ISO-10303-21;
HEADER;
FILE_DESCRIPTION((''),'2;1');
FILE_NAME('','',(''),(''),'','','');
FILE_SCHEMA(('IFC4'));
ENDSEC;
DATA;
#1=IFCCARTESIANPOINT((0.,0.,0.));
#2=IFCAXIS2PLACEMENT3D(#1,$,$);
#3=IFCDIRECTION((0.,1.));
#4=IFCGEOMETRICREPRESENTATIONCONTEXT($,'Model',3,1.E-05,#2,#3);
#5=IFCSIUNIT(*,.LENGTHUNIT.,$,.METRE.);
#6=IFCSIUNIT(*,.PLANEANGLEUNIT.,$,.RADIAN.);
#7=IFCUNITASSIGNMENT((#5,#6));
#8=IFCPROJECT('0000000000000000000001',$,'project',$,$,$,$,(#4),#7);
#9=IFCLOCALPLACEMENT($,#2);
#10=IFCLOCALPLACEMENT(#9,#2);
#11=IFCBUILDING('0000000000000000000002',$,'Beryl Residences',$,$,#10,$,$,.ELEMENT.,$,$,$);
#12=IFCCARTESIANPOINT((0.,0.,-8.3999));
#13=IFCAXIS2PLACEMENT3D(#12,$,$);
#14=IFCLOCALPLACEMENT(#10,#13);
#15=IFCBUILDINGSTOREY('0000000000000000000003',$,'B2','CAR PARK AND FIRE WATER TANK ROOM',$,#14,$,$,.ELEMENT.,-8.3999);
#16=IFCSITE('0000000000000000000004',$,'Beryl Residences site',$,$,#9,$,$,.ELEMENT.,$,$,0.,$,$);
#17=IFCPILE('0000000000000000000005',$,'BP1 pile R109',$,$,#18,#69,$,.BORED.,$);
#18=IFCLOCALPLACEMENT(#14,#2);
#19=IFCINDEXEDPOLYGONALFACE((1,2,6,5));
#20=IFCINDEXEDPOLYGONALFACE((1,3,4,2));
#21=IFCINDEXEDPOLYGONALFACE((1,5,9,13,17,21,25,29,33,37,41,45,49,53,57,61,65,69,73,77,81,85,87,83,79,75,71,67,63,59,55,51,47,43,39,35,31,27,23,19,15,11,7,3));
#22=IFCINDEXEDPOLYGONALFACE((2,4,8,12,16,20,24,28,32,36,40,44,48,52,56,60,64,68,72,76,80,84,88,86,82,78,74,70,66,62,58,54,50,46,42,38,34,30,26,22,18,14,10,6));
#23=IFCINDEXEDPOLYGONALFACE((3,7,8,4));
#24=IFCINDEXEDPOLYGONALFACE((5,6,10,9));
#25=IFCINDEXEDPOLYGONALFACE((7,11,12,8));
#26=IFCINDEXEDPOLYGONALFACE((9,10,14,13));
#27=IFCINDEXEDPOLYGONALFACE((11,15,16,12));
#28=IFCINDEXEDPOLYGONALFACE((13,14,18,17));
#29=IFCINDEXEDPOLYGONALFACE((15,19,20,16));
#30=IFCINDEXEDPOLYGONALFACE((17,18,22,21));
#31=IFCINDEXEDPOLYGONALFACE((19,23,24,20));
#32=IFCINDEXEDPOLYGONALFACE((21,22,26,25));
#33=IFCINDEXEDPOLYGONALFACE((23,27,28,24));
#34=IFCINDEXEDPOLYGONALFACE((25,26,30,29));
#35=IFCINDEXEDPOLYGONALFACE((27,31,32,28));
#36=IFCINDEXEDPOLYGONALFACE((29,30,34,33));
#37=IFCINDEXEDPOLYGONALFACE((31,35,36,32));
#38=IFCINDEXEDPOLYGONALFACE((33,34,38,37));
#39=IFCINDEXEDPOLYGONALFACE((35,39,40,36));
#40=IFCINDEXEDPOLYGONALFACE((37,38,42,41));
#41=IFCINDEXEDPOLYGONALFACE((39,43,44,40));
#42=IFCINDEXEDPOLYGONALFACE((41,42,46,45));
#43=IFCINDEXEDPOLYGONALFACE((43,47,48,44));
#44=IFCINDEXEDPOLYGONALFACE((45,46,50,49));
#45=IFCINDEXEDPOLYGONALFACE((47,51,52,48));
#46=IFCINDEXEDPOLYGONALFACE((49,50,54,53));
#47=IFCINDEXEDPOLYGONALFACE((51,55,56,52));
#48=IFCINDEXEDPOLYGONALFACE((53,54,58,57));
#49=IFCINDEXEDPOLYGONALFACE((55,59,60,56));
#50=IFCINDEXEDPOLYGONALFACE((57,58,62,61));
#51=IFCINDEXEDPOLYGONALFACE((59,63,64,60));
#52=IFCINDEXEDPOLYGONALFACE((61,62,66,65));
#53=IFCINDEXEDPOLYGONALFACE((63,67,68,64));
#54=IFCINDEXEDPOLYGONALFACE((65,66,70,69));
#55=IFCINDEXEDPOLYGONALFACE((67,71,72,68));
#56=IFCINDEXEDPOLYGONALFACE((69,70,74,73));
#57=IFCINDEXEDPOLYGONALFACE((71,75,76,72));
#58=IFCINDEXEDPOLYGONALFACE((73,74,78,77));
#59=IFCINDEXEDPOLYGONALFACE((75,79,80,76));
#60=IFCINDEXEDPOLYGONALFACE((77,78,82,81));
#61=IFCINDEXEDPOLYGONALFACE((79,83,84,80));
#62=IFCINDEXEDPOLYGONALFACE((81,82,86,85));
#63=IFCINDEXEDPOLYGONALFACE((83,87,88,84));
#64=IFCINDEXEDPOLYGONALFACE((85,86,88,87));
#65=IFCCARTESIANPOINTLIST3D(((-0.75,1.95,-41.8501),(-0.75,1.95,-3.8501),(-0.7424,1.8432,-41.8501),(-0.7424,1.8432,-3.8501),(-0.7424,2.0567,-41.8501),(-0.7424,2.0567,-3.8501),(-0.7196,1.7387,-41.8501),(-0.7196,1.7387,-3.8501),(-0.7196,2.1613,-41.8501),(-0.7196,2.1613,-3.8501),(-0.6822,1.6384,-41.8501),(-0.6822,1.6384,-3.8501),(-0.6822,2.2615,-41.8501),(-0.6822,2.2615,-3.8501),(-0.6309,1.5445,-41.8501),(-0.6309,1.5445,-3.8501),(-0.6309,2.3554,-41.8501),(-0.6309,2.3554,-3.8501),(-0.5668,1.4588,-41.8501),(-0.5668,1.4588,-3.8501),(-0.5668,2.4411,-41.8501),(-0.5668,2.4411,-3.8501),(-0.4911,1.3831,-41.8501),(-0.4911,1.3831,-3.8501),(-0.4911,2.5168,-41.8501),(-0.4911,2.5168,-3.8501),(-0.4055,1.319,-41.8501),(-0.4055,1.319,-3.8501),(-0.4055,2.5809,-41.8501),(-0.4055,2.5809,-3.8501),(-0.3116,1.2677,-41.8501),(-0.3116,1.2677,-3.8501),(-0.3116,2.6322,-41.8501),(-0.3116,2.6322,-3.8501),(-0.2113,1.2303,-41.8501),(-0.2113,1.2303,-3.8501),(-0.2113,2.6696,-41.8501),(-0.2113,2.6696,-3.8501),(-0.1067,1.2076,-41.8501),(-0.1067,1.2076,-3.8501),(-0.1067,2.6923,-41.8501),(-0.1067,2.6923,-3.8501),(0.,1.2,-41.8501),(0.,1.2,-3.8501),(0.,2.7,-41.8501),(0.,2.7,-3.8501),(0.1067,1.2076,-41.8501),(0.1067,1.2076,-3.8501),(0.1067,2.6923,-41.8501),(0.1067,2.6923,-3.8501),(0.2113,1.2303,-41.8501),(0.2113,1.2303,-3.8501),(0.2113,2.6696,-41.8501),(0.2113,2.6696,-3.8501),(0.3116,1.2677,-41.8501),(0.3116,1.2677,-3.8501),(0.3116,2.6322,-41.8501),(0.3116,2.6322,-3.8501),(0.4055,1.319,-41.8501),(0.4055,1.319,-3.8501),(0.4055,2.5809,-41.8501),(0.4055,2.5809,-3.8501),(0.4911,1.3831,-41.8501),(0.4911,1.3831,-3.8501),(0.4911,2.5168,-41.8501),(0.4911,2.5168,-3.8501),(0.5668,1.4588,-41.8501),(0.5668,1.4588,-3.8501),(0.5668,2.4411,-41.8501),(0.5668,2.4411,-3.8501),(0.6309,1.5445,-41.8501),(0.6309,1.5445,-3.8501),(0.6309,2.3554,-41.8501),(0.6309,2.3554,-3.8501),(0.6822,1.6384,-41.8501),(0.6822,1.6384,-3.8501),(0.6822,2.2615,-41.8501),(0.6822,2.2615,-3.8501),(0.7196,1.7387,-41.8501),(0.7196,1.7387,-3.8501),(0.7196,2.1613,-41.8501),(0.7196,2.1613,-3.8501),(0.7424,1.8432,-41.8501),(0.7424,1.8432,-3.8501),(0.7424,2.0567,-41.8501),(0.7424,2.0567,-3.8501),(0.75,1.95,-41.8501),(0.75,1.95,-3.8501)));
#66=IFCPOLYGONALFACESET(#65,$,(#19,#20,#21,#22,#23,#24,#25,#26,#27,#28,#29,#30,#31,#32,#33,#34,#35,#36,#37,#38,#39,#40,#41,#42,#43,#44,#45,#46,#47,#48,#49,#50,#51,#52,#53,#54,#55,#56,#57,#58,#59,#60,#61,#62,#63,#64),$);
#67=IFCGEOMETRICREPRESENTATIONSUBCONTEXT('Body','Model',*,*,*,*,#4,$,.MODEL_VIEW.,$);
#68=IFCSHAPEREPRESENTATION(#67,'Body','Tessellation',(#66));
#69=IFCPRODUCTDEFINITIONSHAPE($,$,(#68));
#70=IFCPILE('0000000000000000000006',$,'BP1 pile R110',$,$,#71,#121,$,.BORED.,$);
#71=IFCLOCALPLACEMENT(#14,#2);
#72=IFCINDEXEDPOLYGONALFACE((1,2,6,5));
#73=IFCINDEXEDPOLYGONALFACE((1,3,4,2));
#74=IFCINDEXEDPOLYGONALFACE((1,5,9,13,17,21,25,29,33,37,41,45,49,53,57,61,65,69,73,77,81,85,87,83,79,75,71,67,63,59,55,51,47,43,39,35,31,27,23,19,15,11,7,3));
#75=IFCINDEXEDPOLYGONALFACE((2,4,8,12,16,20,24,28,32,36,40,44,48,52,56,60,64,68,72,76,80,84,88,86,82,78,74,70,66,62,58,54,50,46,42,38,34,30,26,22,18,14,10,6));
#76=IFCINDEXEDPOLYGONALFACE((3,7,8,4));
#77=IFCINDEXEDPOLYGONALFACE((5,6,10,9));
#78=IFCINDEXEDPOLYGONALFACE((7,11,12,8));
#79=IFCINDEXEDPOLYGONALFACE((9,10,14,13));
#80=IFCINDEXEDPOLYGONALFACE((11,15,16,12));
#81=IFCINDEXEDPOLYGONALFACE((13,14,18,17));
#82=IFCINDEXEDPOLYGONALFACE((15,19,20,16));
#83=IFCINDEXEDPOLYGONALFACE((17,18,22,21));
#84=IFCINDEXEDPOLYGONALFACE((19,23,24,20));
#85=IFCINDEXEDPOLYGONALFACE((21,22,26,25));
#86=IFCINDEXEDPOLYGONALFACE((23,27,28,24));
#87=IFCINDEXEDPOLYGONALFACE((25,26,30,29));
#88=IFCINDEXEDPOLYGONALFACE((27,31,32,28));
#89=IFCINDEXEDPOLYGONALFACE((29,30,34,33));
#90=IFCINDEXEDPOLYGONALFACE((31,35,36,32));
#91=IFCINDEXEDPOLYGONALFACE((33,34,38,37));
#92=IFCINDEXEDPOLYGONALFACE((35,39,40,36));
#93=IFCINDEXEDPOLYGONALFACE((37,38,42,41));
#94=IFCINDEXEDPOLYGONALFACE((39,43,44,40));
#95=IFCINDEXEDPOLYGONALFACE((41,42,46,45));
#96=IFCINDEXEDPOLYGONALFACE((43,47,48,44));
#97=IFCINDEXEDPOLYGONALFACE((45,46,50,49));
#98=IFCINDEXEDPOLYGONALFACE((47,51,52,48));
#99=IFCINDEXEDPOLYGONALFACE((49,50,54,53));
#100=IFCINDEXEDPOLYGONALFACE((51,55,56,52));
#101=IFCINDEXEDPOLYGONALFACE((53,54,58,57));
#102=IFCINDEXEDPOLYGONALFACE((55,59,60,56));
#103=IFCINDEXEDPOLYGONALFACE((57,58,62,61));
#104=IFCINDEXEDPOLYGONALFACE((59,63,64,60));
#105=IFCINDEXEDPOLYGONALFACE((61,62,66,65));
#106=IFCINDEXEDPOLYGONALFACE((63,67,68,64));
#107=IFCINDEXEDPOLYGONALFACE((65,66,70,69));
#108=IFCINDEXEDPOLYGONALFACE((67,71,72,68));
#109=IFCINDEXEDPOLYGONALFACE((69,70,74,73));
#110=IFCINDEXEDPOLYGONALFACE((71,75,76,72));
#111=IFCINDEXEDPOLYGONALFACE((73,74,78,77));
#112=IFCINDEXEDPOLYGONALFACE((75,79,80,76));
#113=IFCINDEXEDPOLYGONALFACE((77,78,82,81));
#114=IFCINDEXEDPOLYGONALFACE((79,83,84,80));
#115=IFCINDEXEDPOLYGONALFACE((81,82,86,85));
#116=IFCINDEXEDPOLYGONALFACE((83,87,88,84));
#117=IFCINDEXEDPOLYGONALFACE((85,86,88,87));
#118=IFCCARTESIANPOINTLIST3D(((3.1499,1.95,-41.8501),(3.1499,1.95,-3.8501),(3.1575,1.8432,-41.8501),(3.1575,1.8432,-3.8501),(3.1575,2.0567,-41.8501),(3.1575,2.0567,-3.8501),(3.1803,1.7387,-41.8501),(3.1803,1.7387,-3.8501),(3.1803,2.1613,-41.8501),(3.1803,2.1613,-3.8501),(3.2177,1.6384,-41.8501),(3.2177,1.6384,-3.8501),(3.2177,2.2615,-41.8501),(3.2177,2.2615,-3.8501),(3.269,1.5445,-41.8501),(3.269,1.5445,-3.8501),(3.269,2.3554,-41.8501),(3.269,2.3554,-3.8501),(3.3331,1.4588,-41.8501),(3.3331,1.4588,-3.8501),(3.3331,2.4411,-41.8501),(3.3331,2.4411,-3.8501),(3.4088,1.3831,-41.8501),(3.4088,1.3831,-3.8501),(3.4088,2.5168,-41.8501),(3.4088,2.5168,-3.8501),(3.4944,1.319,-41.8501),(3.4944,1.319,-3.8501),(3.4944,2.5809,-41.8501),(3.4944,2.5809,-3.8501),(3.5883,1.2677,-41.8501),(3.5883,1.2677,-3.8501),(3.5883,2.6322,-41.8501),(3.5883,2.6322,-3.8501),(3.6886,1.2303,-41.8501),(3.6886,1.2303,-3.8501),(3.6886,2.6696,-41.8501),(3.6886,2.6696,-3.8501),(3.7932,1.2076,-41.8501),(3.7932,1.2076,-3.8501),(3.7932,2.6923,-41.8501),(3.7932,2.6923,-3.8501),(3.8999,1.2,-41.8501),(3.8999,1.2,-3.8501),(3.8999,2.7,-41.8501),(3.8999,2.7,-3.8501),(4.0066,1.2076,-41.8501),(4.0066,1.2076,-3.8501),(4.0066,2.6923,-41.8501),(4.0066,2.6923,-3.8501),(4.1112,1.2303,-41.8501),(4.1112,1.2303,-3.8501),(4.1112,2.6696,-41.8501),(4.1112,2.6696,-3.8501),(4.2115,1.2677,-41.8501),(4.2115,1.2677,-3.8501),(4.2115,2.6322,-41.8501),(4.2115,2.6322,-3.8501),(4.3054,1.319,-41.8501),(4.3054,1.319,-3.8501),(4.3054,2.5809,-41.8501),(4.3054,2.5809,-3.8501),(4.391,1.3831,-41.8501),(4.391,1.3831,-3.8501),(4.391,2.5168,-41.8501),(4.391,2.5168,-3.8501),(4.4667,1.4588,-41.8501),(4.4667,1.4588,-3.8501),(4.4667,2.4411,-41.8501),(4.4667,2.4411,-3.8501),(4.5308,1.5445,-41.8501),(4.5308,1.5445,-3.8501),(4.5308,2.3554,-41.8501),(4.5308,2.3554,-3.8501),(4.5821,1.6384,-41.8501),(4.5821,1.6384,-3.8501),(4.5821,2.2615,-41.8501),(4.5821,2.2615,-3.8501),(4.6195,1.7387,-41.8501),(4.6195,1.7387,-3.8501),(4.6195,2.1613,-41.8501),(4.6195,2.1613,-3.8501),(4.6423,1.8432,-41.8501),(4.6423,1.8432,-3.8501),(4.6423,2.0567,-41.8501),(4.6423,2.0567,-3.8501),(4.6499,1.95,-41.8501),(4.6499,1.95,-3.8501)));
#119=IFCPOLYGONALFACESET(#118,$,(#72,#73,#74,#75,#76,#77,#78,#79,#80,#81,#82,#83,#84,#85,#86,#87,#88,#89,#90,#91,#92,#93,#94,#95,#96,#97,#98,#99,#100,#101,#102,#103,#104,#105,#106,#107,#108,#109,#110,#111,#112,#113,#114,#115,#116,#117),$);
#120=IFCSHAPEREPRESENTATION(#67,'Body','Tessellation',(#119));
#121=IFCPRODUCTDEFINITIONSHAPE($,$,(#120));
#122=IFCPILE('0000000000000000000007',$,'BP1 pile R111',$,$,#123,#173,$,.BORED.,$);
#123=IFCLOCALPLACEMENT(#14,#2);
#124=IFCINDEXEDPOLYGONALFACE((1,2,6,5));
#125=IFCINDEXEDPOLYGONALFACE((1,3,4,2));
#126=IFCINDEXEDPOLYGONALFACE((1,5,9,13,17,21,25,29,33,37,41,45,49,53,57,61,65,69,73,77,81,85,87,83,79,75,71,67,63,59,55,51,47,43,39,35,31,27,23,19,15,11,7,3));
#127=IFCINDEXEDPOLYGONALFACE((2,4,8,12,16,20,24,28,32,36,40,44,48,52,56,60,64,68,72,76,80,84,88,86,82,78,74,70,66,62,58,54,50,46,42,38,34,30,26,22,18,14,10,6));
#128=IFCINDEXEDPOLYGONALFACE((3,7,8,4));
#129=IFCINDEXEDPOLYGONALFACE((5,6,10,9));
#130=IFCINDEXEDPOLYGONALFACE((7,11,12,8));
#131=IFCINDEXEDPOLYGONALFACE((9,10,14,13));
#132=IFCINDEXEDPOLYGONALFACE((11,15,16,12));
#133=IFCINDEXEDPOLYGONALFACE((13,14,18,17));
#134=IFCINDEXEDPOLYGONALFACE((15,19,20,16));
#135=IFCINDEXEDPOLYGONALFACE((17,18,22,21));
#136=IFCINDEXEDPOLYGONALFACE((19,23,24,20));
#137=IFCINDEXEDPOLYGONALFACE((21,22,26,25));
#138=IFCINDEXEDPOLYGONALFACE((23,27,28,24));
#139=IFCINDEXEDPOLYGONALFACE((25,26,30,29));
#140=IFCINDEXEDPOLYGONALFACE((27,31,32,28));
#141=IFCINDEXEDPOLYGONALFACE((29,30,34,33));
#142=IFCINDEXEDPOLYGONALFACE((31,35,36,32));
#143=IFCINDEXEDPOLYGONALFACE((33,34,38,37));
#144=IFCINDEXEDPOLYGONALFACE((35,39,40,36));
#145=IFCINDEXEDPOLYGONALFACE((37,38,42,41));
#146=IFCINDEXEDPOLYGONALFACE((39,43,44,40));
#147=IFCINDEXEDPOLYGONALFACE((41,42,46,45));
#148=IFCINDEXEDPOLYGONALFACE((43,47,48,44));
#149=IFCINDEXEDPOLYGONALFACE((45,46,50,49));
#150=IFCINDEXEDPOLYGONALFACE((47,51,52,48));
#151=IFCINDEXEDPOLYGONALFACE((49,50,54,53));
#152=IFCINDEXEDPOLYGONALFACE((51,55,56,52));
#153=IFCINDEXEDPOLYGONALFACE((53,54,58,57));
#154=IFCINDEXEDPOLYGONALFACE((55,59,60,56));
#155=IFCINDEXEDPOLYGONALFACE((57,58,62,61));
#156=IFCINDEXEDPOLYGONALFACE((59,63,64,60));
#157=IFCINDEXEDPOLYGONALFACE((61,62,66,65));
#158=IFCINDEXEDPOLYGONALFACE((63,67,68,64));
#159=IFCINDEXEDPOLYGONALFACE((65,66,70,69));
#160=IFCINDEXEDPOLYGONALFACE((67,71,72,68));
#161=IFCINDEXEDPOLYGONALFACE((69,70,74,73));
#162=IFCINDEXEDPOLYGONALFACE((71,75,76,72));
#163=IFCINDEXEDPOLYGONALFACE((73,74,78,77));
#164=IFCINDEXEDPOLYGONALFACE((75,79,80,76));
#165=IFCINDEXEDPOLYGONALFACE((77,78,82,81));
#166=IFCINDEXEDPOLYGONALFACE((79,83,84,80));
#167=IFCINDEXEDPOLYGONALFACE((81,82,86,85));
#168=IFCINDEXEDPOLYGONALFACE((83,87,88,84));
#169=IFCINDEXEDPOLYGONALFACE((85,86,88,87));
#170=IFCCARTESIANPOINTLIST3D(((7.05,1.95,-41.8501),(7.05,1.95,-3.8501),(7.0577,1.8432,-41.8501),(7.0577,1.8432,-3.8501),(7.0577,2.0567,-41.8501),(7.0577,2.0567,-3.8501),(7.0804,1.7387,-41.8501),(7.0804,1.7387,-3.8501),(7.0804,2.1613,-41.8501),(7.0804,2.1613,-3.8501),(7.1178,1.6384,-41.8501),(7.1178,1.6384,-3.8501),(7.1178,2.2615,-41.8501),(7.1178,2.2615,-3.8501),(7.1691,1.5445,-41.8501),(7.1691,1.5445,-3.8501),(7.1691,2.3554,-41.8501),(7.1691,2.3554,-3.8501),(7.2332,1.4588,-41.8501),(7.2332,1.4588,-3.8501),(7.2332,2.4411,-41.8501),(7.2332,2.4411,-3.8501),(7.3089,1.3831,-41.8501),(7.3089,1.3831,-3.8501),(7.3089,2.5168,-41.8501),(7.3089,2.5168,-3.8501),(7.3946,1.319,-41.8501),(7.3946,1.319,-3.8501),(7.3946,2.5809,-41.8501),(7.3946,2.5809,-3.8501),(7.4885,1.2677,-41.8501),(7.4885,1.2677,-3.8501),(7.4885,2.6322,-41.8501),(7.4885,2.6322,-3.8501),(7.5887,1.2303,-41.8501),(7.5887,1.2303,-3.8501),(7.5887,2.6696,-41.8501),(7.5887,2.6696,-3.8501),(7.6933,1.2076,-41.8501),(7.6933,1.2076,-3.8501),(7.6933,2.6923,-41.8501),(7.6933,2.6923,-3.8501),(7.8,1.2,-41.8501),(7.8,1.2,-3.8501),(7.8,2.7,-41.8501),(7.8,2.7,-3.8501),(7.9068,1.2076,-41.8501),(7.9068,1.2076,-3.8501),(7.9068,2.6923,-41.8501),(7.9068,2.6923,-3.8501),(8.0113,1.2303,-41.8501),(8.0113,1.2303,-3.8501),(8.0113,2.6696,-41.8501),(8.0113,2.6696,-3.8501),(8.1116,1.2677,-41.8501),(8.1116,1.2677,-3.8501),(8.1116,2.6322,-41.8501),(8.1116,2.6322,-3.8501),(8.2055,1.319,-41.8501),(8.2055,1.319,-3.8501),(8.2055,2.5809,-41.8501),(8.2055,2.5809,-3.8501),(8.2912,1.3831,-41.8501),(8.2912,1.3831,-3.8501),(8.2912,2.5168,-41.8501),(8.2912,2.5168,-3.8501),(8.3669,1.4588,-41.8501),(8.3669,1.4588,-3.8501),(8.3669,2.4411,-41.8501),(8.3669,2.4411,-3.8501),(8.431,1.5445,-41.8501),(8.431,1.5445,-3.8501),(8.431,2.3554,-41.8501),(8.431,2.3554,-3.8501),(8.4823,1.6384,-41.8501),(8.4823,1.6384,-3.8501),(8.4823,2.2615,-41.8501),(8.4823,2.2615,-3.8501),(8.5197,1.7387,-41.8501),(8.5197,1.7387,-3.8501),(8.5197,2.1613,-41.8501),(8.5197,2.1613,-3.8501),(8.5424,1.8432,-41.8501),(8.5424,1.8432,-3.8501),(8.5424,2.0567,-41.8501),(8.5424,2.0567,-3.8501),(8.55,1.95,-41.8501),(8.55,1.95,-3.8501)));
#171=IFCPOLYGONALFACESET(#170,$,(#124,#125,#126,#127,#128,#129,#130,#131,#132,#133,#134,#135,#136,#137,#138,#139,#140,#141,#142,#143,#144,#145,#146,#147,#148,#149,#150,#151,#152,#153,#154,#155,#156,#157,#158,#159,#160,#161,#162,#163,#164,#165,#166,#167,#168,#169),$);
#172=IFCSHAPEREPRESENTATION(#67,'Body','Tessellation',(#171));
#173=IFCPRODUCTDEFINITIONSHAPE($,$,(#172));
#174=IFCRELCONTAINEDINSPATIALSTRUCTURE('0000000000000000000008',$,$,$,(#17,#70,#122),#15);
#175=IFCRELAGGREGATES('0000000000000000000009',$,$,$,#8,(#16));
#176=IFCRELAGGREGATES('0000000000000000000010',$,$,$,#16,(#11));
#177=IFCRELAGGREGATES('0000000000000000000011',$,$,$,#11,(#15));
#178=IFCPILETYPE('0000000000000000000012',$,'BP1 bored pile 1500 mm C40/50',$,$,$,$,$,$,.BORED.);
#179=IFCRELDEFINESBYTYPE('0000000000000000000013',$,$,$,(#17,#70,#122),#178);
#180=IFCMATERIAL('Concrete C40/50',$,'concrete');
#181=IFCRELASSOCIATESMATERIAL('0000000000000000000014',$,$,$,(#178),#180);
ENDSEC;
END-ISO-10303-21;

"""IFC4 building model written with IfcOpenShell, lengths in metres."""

from ifc_helpers import new_model, si_unit, direction, frame, origin, origin_2d, place, context, subcontext, project, spatial, circle, extrude, material, material_profile, profile_set, type_object, element, save


model = new_model("IFC4")

# Units and contexts
model_context = context("Model", 3, precision=1e-05, world=origin(), true_north=direction((0.0, 1.0)))
body_context = subcontext(model_context, "Body", "Model", "MODEL_VIEW")
ifc_project = project(units=[si_unit("LENGTHUNIT", "METRE"), si_unit("PLANEANGLEUNIT", "RADIAN")], contexts=[model_context])

# Site, building, storey
site_placement = place(None, origin())
site = spatial("IfcSite", under=ifc_project, at=site_placement, Name="Beryl Residences site", CompositionType="ELEMENT", RefElevation=0.0)
building_placement = place(site_placement, origin())
building = spatial("IfcBuilding", under=site, at=building_placement, Name="Beryl Residences", CompositionType="ELEMENT")
storey_placement = place(building_placement, frame((0.0, 0.0, -8.3999)))
storey = spatial("IfcBuildingStorey", under=building, at=storey_placement, Name="B2", Description="CAR PARK AND FIRE WATER TANK ROOM", CompositionType="ELEMENT", Elevation=-8.3999)

# Piles
ifc_material_1 = material(Name="Concrete C40/50", Category="concrete")
ifc_material_profile_1 = material_profile(ifc_material_1, circle(Radius=0.75, at=origin_2d()))
ifc_profile_set_1 = profile_set([ifc_material_profile_1], Name="Concrete C40/50")
pile_type = type_object("IfcPileType", Name="BP1 bored pile 1500 mm C40/50", PredefinedType="BORED", material=ifc_profile_set_1)
for number, where, z_axis, x_axis, name in (
    (1, (0.0, 1.95, -3.8501), (0.0, 0.0, -1.0), (1.0, 0.0, 0.0), "BP1 pile R109"),
    (2, (3.8999, 1.95, -3.8501), (0.0, 0.0, -1.0), (1.0, 0.0, 0.0), "BP1 pile R110"),
    (3, (7.8, 1.95, -3.8501), (0.0, 0.0, -1.0), (1.0, 0.0, 0.0), "BP1 pile R111"),
):
    element("IfcPile", number, at=place(storey_placement, frame(where, z_axis=z_axis, x_axis=x_axis)), inside=storey, type_object=pile_type, Name=name, PredefinedType="BORED", context=body_context, shape_type="SweptSolid", body=[
        extrude(circle(Radius=0.75, at=origin_2d()), origin(), (0.0, 0.0, 1.0), 38.0),
    ])

save(model, "model.ifc")
